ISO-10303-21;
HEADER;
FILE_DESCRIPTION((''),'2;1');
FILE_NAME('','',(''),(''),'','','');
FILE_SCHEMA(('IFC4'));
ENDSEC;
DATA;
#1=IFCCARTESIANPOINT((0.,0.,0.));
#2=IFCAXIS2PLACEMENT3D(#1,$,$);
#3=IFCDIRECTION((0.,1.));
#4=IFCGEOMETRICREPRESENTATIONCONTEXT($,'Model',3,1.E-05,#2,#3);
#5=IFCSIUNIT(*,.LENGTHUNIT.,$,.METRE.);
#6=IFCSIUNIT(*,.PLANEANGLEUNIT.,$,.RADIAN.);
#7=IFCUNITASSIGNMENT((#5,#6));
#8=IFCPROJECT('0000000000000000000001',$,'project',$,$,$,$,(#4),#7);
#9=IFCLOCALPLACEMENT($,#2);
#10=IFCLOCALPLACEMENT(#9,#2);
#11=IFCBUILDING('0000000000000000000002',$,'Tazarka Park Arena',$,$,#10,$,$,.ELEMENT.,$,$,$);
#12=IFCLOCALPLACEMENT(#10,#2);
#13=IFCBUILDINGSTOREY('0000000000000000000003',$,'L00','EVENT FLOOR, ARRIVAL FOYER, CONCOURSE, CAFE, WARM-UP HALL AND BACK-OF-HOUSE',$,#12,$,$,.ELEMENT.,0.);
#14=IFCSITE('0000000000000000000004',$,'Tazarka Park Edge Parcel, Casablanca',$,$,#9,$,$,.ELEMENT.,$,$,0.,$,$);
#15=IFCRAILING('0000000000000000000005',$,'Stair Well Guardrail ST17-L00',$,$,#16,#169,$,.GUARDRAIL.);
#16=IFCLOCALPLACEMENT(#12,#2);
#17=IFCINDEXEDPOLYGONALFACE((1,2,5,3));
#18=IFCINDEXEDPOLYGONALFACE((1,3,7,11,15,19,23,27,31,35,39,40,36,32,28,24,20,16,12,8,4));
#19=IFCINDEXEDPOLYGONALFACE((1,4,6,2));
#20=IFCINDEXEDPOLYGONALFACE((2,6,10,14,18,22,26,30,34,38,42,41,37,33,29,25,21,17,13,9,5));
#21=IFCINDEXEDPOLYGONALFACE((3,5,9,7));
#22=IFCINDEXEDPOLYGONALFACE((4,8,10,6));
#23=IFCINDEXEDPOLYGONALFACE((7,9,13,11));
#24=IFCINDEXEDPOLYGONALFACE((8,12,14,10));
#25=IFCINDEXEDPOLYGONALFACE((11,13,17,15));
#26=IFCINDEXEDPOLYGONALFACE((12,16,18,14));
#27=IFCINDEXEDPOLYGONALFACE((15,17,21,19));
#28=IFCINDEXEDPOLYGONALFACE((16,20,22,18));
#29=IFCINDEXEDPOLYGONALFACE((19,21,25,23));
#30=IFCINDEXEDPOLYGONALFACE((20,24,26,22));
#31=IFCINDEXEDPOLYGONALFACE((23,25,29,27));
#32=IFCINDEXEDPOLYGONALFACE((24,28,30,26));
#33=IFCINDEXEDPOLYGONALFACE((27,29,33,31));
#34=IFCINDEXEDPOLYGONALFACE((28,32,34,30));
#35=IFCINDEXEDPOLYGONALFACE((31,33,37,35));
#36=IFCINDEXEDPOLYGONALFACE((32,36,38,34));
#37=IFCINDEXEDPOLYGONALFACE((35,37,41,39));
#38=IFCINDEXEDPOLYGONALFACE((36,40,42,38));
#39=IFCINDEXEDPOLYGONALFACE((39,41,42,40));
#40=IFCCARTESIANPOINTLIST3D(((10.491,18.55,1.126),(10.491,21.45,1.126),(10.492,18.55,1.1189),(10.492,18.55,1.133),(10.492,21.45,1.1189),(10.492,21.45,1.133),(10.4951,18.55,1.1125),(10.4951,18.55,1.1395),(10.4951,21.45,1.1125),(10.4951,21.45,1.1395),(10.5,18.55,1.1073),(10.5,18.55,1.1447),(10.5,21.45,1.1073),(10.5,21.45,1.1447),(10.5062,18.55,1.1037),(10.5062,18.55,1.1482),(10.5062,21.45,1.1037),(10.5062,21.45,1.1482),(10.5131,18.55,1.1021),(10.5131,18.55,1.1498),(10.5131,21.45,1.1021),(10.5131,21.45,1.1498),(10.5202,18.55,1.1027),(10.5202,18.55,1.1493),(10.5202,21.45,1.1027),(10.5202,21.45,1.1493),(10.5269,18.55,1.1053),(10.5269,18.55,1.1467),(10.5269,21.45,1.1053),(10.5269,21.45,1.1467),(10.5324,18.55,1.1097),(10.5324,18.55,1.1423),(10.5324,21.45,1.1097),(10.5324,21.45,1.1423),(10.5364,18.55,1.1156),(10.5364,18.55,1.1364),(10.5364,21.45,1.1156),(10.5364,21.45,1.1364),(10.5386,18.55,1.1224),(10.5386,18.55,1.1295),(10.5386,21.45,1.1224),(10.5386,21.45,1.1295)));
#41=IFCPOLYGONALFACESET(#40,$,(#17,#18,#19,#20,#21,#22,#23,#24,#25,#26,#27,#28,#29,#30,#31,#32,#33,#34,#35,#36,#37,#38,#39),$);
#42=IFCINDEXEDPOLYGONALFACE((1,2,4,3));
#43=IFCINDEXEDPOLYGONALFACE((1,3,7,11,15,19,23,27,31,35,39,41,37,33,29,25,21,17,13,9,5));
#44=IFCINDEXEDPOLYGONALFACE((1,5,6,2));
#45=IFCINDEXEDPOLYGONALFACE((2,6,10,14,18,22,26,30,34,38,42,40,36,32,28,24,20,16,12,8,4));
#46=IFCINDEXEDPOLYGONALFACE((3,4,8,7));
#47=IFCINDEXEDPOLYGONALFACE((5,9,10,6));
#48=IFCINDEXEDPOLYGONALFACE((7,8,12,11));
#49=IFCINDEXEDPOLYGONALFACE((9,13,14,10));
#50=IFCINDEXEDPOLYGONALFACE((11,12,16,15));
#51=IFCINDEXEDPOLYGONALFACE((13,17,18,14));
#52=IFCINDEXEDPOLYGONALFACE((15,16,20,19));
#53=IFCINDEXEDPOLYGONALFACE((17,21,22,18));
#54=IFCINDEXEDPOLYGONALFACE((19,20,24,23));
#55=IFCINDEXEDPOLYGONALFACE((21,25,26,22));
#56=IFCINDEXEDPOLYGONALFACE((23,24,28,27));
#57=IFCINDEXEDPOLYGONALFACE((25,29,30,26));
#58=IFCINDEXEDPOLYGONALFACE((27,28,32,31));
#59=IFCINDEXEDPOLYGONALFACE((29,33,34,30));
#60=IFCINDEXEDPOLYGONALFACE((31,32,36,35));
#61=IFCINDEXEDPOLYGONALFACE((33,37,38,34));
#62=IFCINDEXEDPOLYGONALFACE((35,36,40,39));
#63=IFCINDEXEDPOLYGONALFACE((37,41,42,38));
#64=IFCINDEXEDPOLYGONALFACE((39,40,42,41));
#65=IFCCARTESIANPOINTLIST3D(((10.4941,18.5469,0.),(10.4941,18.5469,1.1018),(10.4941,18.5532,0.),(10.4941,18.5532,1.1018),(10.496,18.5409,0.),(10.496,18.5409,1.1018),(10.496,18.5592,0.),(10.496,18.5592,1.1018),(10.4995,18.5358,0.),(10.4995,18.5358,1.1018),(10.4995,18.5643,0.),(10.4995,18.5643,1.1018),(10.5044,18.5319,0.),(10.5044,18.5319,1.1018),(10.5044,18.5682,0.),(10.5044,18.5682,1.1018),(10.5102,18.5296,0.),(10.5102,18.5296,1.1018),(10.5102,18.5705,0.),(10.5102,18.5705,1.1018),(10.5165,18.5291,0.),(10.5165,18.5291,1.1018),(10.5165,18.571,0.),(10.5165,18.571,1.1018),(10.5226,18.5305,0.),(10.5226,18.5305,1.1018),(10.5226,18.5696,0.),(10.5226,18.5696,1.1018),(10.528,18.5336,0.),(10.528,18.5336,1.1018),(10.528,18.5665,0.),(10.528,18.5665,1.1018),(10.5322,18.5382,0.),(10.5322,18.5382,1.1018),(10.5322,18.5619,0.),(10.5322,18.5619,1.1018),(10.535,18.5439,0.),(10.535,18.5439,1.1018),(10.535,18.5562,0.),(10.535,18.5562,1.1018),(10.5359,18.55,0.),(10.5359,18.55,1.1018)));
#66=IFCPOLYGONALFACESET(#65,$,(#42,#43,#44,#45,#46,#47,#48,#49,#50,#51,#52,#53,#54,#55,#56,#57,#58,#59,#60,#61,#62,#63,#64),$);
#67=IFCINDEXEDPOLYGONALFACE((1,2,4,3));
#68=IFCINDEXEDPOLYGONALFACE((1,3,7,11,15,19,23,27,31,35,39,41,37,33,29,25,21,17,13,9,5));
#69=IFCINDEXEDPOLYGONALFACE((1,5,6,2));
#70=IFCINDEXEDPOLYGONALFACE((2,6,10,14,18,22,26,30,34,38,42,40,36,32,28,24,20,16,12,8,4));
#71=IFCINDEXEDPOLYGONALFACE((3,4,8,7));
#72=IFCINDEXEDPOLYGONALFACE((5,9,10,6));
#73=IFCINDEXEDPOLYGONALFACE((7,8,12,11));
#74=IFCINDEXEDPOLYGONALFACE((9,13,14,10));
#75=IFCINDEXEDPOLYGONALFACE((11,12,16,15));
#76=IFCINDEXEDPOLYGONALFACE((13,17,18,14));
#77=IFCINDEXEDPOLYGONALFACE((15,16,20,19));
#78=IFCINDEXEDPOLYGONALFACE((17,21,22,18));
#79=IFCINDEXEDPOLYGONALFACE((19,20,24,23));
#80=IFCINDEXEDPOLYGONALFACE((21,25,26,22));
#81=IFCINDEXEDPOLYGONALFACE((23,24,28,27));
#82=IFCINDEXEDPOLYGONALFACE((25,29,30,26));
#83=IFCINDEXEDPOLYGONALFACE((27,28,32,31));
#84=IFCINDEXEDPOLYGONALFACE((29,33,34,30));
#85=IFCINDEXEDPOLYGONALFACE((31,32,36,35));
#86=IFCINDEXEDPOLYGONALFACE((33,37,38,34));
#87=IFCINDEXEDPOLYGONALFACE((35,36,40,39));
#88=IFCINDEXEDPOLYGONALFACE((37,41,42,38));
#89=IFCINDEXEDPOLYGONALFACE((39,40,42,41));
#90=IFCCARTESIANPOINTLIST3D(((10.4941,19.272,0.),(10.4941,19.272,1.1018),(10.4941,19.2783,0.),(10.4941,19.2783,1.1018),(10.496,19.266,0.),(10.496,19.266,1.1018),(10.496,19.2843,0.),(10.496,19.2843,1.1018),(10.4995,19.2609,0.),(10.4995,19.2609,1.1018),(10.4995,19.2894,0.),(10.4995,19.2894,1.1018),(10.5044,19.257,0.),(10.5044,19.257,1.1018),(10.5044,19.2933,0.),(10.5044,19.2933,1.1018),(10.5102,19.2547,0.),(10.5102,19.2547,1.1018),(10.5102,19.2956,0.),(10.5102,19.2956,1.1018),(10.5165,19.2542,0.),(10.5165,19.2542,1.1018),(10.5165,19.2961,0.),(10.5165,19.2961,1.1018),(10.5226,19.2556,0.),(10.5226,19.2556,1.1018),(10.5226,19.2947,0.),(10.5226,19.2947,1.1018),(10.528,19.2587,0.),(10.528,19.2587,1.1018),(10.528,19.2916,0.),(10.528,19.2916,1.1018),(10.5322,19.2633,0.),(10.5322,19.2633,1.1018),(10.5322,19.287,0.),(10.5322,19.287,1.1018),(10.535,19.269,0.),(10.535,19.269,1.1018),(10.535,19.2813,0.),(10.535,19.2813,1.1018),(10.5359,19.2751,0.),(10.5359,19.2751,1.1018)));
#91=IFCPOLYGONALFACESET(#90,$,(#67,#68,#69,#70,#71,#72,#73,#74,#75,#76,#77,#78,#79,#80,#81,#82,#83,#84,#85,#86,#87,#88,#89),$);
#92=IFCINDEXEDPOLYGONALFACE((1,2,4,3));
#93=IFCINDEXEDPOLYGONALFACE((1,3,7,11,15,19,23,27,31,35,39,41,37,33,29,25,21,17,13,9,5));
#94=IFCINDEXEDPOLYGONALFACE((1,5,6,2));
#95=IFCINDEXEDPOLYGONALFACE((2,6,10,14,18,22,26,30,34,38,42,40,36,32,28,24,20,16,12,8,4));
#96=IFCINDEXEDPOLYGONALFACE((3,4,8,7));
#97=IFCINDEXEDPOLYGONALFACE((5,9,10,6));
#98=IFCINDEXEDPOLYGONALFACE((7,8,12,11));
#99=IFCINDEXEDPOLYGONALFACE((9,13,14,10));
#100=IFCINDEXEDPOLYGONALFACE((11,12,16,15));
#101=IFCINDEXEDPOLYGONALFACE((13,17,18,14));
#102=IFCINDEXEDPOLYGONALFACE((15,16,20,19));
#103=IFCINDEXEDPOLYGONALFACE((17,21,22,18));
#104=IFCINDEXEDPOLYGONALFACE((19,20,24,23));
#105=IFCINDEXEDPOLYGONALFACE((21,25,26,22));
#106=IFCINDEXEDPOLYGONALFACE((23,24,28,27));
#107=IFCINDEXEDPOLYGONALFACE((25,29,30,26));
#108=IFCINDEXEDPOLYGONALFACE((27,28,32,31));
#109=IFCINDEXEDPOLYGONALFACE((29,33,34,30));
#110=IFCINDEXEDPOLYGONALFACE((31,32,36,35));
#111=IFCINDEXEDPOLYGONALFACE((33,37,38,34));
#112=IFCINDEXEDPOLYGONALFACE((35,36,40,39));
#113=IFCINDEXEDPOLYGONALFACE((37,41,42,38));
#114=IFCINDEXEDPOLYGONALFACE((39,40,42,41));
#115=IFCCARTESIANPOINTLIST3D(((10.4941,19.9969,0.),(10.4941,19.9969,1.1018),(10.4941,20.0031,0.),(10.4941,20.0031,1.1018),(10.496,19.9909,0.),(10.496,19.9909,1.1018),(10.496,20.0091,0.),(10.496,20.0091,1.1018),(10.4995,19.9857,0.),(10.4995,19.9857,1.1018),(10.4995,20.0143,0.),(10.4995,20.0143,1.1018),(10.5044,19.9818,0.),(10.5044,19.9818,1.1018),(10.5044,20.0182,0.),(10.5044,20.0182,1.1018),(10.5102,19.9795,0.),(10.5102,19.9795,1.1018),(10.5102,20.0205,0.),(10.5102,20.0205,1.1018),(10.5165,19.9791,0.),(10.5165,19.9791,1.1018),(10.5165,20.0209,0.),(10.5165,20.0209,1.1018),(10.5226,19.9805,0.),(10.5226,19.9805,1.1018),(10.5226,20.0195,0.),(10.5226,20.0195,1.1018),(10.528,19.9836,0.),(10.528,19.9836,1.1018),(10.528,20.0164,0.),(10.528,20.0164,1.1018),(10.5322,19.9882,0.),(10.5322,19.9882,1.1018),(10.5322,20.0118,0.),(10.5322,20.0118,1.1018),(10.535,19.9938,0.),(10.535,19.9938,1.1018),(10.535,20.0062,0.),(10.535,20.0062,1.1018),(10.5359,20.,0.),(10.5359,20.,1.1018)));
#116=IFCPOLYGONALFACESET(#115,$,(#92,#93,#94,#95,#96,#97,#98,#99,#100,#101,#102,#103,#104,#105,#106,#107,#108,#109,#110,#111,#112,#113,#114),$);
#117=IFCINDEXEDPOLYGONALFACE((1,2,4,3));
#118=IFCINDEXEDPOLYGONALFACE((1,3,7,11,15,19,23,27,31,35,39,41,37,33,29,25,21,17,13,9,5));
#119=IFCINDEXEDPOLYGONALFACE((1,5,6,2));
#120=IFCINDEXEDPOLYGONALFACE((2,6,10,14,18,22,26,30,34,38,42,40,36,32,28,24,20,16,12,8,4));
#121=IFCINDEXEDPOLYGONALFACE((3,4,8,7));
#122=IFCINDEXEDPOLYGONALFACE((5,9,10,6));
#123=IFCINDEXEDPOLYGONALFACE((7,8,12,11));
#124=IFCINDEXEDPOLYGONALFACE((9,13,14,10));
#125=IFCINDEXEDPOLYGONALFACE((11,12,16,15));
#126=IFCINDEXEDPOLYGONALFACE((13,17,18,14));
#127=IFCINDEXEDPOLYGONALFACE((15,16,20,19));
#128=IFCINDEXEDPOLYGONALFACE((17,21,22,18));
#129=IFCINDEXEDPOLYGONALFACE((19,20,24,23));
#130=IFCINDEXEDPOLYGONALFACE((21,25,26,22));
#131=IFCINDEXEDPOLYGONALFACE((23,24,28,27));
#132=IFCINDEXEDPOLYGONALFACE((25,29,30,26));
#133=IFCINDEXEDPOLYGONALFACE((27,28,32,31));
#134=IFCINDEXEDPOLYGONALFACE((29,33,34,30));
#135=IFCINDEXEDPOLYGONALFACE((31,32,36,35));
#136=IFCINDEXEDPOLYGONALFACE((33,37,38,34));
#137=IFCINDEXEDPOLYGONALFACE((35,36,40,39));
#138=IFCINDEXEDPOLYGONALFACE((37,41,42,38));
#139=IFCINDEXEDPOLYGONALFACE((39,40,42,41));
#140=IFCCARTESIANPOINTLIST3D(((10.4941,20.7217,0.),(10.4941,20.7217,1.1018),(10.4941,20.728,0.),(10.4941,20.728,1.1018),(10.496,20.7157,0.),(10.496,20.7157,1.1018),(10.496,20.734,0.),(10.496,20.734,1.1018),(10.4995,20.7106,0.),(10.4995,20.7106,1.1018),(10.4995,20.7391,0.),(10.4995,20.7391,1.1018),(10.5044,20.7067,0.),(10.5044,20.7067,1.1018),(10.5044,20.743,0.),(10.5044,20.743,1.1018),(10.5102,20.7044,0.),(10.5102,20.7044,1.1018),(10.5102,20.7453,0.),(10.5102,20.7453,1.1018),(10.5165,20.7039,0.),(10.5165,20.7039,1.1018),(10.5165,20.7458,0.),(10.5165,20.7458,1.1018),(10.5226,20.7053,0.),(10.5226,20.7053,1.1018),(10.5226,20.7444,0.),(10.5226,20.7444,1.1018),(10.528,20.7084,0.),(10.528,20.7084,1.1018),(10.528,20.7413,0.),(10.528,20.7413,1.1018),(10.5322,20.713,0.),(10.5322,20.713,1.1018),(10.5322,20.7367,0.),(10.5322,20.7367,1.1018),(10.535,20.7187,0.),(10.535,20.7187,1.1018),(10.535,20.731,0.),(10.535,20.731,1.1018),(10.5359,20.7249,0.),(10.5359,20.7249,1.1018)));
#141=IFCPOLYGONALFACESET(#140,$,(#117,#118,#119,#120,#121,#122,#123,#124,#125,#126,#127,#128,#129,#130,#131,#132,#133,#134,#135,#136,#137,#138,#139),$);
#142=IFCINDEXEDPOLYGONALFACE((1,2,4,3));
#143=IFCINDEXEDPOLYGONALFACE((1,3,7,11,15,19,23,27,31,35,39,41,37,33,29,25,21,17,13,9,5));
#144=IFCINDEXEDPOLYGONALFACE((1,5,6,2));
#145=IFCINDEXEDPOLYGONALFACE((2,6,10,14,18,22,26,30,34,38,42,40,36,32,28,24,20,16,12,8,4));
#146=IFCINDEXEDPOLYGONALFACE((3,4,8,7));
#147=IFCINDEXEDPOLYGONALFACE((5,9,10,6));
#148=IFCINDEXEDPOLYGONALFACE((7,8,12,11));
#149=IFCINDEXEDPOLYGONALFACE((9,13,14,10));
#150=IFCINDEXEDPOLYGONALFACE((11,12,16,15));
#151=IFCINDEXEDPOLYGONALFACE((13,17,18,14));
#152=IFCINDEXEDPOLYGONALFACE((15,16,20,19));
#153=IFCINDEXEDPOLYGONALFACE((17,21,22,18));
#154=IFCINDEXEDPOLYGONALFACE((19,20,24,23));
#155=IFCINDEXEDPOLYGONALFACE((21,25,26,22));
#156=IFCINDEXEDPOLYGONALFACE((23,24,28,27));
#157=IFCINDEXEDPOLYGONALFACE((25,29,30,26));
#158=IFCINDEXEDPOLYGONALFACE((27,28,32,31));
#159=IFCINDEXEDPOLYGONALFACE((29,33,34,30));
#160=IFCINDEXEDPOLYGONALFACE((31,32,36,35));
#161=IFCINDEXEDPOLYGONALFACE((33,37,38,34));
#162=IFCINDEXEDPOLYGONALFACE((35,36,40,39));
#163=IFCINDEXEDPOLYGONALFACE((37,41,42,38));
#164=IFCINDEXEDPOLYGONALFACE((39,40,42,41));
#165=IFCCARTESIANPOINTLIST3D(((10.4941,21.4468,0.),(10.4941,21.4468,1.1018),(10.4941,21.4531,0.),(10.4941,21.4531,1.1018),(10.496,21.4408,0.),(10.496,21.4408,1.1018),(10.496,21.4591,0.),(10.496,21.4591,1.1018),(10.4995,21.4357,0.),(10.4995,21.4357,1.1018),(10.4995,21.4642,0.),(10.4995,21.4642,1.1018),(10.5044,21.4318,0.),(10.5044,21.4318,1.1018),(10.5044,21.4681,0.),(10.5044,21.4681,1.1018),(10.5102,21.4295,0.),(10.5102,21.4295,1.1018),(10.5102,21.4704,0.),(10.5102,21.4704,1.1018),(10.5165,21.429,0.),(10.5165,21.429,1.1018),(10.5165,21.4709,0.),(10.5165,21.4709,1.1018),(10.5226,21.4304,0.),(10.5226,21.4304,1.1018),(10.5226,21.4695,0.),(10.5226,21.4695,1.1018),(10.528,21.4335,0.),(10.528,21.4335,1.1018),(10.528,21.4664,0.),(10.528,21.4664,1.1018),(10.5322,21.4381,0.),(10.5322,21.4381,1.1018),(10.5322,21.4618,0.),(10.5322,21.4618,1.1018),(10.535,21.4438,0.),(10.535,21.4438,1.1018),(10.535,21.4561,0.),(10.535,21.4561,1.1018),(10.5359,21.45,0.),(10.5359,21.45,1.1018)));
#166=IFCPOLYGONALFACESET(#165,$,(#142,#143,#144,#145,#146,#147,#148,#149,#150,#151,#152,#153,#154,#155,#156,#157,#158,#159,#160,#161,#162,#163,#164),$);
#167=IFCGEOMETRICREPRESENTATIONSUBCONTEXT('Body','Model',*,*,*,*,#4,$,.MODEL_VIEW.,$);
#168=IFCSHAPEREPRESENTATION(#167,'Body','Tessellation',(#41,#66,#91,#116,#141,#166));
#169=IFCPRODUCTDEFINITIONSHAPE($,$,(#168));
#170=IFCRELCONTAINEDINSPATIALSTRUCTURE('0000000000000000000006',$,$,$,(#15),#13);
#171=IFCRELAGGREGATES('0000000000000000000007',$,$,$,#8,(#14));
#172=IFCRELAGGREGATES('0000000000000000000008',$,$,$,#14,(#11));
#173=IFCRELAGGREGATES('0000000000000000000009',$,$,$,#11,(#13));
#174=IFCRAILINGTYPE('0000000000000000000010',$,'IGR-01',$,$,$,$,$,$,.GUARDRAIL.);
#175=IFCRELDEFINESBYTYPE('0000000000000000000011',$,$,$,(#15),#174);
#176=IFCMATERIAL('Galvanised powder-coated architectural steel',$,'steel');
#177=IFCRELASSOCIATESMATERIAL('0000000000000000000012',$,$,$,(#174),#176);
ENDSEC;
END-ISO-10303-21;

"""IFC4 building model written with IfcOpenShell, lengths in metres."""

from ifc_helpers import new_model, si_unit, direction, frame, origin, origin_2d, place, context, subcontext, project, spatial, circle, extrude, material, type_object, element, save


model = new_model("IFC4")

# Units and contexts
model_context = context("Model", 3, precision=1e-05, world=origin(), true_north=direction((0.0, 1.0)))
body_context = subcontext(model_context, "Body", "Model", "MODEL_VIEW")
ifc_project = project(units=[si_unit("LENGTHUNIT", "METRE"), si_unit("PLANEANGLEUNIT", "RADIAN")], contexts=[model_context])

# Site, building, storey
site_placement = place(None, origin())
site = spatial("IfcSite", under=ifc_project, at=site_placement, Name="Tazarka Park Edge Parcel, Casablanca", CompositionType="ELEMENT", RefElevation=0.0)
building_placement = place(site_placement, origin())
building = spatial("IfcBuilding", under=site, at=building_placement, Name="Tazarka Park Arena", CompositionType="ELEMENT")
storey_placement = place(building_placement, origin())
storey = spatial("IfcBuildingStorey", under=building, at=storey_placement, Name="L00", Description="EVENT FLOOR, ARRIVAL FOYER, CONCOURSE, CAFE, WARM-UP HALL AND BACK-OF-HOUSE", CompositionType="ELEMENT", Elevation=0.0)

# Railing
ifc_material_1 = material(Name="Galvanised powder-coated architectural steel", Category="steel")
railing_type_1 = type_object("IfcRailingType", Name="IGR-01", PredefinedType="GUARDRAIL", material=ifc_material_1)
for number, where, name in (
    (1, (10.5149, 18.55, 0.0), "Stair Well Guardrail ST17-L00"),
):
    element("IfcRailing", number, at=place(storey_placement, frame(where)), inside=storey, type_object=railing_type_1, Name=name, PredefinedType="GUARDRAIL", context=body_context, shape_type="SweptSolid", body=[
        extrude(circle(Radius=0.0239, at=origin_2d()), frame((0.0, 0.0, 1.126), z_axis=(0.0, 1.0, 0.0), x_axis=(-1.0, 0.0, 0.0)), (0.0, 0.0, 1.0), 2.8999),
        extrude(circle(Radius=0.021, at=origin_2d()), origin(), (0.0, 0.0, 1.0), 1.1018),
        extrude(circle(Radius=0.021, at=origin_2d()), frame((0.0, 0.7251, 0.0)), (0.0, 0.0, 1.0), 1.1018),
        extrude(circle(Radius=0.021, at=origin_2d()), frame((0.0, 1.45, 0.0)), (0.0, 0.0, 1.0), 1.1018),
        extrude(circle(Radius=0.021, at=origin_2d()), frame((0.0, 2.1748, 0.0)), (0.0, 0.0, 1.0), 1.1018),
        extrude(circle(Radius=0.021, at=origin_2d()), frame((0.0, 2.8999, 0.0)), (0.0, 0.0, 1.0), 1.1018),
    ])

save(model, "model.ifc")
